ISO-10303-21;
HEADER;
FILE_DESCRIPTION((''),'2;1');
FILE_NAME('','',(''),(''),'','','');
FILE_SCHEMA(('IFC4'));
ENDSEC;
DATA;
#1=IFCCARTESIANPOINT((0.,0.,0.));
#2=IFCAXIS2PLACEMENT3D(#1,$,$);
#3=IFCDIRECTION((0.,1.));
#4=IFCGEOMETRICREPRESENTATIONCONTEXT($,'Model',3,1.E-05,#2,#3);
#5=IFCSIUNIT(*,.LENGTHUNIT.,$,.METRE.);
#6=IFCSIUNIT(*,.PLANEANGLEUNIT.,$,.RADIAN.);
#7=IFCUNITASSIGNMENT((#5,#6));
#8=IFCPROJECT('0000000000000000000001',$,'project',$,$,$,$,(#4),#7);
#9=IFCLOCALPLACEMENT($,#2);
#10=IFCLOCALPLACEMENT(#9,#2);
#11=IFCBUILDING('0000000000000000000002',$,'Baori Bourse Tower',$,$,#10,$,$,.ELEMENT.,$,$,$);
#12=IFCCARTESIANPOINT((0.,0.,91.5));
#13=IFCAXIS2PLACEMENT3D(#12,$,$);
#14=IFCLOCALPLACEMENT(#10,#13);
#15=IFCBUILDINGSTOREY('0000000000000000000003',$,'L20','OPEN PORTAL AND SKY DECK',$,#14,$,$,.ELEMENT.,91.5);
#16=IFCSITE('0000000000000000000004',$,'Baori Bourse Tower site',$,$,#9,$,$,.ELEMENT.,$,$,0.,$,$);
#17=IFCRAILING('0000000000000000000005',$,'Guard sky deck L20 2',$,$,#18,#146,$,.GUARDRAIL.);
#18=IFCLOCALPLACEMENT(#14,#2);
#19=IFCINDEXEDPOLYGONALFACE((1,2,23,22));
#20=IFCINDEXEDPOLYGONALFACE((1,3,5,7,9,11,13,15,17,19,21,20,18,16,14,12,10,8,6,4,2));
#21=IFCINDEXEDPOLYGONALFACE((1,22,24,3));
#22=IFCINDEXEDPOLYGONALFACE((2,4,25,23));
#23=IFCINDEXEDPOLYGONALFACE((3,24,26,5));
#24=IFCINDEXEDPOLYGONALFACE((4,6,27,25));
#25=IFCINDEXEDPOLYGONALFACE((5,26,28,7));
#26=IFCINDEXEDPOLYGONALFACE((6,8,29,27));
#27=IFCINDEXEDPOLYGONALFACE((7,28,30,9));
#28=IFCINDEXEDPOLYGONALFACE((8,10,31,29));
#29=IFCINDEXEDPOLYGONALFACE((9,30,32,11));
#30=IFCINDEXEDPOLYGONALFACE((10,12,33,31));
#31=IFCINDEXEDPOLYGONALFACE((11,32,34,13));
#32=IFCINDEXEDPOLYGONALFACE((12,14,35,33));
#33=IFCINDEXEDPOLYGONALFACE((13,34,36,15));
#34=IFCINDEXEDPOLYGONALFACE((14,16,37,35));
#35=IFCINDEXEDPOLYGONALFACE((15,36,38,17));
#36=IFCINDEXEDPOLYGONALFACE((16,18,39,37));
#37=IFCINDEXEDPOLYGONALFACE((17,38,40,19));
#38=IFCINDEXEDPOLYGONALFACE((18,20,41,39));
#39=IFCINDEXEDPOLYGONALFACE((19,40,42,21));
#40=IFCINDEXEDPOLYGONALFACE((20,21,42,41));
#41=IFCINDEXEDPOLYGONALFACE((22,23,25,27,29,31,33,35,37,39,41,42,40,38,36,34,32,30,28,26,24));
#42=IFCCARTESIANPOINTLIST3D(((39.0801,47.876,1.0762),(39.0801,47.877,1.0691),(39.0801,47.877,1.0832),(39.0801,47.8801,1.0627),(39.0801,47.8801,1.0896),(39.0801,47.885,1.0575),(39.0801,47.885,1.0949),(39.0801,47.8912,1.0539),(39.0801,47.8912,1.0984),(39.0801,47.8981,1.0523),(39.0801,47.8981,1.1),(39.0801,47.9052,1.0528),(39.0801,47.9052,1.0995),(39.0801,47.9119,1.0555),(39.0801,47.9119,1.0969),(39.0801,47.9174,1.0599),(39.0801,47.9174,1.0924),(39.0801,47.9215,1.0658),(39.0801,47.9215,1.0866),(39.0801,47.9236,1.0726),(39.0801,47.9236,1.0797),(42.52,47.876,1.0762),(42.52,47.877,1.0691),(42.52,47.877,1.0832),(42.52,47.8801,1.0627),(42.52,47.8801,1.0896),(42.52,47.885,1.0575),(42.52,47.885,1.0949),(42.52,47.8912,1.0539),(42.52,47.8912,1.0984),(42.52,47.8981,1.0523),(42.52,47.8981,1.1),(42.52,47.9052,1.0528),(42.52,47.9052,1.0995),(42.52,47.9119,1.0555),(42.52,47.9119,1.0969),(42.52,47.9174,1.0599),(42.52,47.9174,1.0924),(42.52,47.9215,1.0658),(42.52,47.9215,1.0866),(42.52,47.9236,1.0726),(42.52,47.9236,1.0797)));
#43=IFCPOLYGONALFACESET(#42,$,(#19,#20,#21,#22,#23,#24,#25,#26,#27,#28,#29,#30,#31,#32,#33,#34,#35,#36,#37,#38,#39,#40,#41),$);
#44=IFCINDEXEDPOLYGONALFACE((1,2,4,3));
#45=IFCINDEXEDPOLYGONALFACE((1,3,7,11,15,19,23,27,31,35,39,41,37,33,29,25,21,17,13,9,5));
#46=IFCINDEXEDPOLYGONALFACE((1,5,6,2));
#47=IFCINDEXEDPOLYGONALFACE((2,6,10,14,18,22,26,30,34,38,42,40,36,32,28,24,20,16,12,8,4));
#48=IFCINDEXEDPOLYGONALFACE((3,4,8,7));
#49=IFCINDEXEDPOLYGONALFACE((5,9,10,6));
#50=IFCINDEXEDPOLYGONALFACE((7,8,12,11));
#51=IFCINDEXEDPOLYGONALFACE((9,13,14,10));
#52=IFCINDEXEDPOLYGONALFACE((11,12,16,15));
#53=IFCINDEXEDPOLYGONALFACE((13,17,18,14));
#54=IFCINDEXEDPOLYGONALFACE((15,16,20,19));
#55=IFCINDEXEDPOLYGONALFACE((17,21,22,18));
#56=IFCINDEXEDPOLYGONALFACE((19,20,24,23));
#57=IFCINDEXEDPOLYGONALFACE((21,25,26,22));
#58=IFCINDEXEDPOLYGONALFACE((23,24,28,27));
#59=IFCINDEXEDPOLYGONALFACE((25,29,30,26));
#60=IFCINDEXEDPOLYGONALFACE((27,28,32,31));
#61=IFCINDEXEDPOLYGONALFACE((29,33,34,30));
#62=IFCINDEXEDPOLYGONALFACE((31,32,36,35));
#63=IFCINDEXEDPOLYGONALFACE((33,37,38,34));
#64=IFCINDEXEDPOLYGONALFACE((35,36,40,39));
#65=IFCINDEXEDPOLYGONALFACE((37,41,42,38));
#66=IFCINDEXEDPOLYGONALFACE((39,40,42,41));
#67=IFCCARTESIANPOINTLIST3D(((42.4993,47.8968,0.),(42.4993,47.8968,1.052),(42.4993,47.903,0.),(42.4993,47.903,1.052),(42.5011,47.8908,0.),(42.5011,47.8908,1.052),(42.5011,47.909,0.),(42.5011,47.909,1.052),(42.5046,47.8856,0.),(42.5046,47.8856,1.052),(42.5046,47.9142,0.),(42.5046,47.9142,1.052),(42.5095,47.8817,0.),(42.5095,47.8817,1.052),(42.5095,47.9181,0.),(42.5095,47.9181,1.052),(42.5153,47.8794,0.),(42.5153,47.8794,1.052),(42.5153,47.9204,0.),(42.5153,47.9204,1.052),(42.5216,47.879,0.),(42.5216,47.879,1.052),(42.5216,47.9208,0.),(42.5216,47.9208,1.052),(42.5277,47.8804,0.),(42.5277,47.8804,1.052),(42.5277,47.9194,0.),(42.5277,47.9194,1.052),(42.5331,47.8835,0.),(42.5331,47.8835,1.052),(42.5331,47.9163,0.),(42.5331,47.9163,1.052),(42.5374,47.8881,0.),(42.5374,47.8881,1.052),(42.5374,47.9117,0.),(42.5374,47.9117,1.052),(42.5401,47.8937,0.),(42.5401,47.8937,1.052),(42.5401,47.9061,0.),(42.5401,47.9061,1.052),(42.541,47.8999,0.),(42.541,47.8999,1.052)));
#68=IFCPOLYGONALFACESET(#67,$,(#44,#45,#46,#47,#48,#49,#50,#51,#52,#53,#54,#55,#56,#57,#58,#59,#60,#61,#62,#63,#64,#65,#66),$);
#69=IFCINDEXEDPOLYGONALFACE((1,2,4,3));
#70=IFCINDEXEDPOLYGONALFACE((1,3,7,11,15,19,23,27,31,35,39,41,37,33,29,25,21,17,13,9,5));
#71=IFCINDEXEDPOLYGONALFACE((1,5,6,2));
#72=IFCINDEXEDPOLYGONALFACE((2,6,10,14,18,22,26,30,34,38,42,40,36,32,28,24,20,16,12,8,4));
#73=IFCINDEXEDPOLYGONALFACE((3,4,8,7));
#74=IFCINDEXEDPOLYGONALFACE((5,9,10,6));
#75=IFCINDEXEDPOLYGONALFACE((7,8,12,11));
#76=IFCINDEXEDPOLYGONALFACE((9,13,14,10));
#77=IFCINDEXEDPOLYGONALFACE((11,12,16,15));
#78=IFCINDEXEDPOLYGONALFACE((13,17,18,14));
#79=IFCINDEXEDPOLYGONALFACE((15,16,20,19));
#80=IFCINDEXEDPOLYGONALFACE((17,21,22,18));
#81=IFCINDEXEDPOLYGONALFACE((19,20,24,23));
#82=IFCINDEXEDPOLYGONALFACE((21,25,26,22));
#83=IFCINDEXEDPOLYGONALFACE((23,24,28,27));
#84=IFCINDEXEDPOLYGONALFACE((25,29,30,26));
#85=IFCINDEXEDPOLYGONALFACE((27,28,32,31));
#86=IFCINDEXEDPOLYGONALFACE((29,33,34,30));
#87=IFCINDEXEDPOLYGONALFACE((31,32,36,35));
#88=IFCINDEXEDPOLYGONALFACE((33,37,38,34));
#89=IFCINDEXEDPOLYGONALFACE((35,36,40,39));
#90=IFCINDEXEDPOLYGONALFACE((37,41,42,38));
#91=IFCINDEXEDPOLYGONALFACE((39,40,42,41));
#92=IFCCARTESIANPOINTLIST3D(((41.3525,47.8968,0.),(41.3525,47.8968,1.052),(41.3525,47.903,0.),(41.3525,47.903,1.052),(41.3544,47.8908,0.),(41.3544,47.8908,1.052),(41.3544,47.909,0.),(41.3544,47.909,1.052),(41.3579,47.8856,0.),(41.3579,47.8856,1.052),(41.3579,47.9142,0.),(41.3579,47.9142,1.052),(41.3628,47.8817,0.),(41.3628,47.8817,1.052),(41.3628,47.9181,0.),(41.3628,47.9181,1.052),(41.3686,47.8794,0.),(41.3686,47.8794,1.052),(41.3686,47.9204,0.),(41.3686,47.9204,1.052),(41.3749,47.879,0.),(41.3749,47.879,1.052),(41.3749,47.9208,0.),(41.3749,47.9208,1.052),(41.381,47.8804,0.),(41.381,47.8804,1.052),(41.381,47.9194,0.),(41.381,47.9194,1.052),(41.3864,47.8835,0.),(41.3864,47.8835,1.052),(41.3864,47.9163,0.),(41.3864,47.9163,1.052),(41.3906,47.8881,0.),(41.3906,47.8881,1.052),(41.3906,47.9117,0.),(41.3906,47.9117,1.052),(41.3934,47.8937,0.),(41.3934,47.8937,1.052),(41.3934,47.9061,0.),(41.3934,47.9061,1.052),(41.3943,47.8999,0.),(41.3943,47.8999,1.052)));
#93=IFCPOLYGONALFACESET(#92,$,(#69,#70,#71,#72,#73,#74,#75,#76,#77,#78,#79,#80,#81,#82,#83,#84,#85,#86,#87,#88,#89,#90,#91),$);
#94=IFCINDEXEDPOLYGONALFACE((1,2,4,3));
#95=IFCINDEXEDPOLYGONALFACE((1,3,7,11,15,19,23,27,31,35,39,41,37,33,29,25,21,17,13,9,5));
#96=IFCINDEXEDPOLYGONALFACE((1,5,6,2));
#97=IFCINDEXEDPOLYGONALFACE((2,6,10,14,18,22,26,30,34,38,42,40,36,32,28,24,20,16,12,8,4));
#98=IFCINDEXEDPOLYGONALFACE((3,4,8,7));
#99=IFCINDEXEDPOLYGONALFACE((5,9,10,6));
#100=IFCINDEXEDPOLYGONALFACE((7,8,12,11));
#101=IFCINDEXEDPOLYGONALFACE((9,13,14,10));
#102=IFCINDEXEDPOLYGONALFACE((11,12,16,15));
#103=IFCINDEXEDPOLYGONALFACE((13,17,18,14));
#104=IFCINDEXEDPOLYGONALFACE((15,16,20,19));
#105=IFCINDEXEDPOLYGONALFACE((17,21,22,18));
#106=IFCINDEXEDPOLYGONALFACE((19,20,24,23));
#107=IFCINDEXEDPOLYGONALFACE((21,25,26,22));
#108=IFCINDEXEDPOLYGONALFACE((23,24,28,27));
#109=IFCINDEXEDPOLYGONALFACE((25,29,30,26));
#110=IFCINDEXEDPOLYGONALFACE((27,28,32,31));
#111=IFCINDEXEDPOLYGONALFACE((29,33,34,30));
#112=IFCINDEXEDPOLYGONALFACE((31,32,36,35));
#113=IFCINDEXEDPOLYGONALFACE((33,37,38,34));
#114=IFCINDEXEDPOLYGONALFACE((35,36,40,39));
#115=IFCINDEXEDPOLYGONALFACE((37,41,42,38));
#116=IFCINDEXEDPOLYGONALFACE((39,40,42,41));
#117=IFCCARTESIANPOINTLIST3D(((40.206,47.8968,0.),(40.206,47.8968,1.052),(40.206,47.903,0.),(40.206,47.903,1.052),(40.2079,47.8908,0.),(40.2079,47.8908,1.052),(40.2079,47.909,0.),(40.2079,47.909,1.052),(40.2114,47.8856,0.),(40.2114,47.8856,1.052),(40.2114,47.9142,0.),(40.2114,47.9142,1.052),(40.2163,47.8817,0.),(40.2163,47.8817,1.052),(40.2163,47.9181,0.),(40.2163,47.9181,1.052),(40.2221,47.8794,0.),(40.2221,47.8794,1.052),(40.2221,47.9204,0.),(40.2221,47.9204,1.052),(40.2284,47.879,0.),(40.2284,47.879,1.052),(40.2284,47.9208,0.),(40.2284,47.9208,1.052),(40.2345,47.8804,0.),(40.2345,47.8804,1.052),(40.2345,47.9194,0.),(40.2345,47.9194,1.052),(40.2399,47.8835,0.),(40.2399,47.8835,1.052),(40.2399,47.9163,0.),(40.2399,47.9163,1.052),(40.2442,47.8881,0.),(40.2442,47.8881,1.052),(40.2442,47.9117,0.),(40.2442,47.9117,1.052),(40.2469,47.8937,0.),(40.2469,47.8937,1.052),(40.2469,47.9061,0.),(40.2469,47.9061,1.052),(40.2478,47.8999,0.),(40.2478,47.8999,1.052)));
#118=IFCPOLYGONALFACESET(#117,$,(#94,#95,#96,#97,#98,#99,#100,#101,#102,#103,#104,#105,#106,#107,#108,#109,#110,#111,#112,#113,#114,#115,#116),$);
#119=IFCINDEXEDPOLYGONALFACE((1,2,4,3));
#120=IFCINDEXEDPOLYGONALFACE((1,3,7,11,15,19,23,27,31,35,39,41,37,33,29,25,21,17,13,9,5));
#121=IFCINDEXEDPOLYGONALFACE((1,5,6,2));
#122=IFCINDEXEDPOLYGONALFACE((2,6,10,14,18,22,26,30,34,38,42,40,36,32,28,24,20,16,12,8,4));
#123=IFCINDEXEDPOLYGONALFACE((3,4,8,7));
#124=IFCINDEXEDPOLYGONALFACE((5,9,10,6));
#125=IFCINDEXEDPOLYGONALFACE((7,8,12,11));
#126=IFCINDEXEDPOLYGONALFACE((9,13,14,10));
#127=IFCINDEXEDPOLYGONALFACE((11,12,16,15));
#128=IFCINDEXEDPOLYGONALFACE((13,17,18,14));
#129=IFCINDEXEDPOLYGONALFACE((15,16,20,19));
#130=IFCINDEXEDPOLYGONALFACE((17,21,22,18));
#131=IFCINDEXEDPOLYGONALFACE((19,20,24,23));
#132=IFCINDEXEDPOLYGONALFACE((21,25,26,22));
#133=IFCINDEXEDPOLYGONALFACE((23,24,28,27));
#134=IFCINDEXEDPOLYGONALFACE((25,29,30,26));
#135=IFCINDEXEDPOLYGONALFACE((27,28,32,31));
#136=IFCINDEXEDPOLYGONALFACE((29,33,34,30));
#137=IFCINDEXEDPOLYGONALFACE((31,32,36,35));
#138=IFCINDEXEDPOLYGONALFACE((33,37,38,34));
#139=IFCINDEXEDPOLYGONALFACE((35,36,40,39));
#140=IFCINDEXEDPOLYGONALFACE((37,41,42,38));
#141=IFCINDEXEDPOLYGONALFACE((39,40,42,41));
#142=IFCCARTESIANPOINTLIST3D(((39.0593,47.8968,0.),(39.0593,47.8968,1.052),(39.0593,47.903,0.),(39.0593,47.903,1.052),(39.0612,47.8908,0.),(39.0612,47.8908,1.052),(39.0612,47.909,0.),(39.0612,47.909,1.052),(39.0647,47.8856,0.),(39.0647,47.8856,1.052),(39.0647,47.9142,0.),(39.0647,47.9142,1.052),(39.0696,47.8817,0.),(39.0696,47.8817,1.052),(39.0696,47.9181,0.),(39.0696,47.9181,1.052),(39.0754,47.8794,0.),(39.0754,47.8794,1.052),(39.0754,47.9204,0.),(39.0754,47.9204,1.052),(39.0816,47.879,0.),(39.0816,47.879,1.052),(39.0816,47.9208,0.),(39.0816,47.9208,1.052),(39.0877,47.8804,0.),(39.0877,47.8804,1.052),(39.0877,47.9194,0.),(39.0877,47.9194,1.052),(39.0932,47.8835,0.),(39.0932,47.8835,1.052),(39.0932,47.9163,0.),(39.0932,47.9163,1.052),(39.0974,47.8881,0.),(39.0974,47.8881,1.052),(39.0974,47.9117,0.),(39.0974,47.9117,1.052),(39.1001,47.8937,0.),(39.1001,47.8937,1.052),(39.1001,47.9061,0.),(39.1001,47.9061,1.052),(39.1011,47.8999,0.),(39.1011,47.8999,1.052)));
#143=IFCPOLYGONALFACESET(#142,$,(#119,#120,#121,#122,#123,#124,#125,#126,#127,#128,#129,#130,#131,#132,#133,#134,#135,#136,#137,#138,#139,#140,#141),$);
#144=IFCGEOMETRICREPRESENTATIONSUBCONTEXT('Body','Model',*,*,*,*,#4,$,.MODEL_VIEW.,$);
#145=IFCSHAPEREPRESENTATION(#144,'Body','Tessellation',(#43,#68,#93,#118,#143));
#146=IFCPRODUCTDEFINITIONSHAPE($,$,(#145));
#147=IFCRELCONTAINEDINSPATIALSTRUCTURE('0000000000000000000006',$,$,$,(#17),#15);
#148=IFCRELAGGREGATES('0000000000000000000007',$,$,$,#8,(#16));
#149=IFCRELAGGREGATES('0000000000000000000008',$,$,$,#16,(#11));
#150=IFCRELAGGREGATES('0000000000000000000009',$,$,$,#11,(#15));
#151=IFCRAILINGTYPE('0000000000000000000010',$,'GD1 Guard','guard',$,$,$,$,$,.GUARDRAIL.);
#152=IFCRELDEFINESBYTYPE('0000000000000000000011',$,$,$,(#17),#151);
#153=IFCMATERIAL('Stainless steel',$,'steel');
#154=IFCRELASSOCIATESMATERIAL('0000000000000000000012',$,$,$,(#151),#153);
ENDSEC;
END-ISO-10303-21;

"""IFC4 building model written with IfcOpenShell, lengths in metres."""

from ifc_helpers import new_model, si_unit, direction, frame, origin, origin_2d, place, context, subcontext, project, spatial, circle, extrude, material, type_object, element, save


model = new_model("IFC4")

# Units and contexts
model_context = context("Model", 3, precision=1e-05, world=origin(), true_north=direction((0.0, 1.0)))
body_context = subcontext(model_context, "Body", "Model", "MODEL_VIEW")
ifc_project = project(units=[si_unit("LENGTHUNIT", "METRE"), si_unit("PLANEANGLEUNIT", "RADIAN")], contexts=[model_context])

# Site, building, storey
site_placement = place(None, origin())
site = spatial("IfcSite", under=ifc_project, at=site_placement, Name="Baori Bourse Tower site", CompositionType="ELEMENT", RefElevation=0.0)
building_placement = place(site_placement, origin())
building = spatial("IfcBuilding", under=site, at=building_placement, Name="Baori Bourse Tower", CompositionType="ELEMENT")
storey_placement = place(building_placement, frame((0.0, 0.0, 91.5)))
storey = spatial("IfcBuildingStorey", under=building, at=storey_placement, Name="L20", Description="OPEN PORTAL AND SKY DECK", CompositionType="ELEMENT", Elevation=91.5)

# Railing
ifc_material_1 = material(Name="Stainless steel", Category="steel")
railing_type = type_object("IfcRailingType", Name="GD1 Guard", Description="guard", PredefinedType="GUARDRAIL", material=ifc_material_1)
railing_1_placement = place(storey_placement, frame((42.52, 47.8999, 0.0)))
element("IfcRailing", 1, at=railing_1_placement, inside=storey, type_object=railing_type, Name="Guard sky deck L20 2", PredefinedType="GUARDRAIL", context=body_context, shape_type="SweptSolid", body=[
    extrude(circle(Radius=0.0239, at=origin_2d()), frame((0.0, 0.0, 1.0762), z_axis=(-1.0, 0.0, 0.0), x_axis=(0.0, -1.0, 0.0)), (0.0, 0.0, 1.0), 3.4399),
    extrude(circle(Radius=0.021, at=origin_2d()), origin(), (0.0, 0.0, 1.0), 1.052),
    extrude(circle(Radius=0.021, at=origin_2d()), frame((-1.1467, 0.0, 0.0)), (0.0, 0.0, 1.0), 1.052),
    extrude(circle(Radius=0.021, at=origin_2d()), frame((-2.2932, 0.0, 0.0)), (0.0, 0.0, 1.0), 1.052),
    extrude(circle(Radius=0.021, at=origin_2d()), frame((-3.4399, 0.0, 0.0)), (0.0, 0.0, 1.0), 1.052),
])

save(model, "model.ifc")
